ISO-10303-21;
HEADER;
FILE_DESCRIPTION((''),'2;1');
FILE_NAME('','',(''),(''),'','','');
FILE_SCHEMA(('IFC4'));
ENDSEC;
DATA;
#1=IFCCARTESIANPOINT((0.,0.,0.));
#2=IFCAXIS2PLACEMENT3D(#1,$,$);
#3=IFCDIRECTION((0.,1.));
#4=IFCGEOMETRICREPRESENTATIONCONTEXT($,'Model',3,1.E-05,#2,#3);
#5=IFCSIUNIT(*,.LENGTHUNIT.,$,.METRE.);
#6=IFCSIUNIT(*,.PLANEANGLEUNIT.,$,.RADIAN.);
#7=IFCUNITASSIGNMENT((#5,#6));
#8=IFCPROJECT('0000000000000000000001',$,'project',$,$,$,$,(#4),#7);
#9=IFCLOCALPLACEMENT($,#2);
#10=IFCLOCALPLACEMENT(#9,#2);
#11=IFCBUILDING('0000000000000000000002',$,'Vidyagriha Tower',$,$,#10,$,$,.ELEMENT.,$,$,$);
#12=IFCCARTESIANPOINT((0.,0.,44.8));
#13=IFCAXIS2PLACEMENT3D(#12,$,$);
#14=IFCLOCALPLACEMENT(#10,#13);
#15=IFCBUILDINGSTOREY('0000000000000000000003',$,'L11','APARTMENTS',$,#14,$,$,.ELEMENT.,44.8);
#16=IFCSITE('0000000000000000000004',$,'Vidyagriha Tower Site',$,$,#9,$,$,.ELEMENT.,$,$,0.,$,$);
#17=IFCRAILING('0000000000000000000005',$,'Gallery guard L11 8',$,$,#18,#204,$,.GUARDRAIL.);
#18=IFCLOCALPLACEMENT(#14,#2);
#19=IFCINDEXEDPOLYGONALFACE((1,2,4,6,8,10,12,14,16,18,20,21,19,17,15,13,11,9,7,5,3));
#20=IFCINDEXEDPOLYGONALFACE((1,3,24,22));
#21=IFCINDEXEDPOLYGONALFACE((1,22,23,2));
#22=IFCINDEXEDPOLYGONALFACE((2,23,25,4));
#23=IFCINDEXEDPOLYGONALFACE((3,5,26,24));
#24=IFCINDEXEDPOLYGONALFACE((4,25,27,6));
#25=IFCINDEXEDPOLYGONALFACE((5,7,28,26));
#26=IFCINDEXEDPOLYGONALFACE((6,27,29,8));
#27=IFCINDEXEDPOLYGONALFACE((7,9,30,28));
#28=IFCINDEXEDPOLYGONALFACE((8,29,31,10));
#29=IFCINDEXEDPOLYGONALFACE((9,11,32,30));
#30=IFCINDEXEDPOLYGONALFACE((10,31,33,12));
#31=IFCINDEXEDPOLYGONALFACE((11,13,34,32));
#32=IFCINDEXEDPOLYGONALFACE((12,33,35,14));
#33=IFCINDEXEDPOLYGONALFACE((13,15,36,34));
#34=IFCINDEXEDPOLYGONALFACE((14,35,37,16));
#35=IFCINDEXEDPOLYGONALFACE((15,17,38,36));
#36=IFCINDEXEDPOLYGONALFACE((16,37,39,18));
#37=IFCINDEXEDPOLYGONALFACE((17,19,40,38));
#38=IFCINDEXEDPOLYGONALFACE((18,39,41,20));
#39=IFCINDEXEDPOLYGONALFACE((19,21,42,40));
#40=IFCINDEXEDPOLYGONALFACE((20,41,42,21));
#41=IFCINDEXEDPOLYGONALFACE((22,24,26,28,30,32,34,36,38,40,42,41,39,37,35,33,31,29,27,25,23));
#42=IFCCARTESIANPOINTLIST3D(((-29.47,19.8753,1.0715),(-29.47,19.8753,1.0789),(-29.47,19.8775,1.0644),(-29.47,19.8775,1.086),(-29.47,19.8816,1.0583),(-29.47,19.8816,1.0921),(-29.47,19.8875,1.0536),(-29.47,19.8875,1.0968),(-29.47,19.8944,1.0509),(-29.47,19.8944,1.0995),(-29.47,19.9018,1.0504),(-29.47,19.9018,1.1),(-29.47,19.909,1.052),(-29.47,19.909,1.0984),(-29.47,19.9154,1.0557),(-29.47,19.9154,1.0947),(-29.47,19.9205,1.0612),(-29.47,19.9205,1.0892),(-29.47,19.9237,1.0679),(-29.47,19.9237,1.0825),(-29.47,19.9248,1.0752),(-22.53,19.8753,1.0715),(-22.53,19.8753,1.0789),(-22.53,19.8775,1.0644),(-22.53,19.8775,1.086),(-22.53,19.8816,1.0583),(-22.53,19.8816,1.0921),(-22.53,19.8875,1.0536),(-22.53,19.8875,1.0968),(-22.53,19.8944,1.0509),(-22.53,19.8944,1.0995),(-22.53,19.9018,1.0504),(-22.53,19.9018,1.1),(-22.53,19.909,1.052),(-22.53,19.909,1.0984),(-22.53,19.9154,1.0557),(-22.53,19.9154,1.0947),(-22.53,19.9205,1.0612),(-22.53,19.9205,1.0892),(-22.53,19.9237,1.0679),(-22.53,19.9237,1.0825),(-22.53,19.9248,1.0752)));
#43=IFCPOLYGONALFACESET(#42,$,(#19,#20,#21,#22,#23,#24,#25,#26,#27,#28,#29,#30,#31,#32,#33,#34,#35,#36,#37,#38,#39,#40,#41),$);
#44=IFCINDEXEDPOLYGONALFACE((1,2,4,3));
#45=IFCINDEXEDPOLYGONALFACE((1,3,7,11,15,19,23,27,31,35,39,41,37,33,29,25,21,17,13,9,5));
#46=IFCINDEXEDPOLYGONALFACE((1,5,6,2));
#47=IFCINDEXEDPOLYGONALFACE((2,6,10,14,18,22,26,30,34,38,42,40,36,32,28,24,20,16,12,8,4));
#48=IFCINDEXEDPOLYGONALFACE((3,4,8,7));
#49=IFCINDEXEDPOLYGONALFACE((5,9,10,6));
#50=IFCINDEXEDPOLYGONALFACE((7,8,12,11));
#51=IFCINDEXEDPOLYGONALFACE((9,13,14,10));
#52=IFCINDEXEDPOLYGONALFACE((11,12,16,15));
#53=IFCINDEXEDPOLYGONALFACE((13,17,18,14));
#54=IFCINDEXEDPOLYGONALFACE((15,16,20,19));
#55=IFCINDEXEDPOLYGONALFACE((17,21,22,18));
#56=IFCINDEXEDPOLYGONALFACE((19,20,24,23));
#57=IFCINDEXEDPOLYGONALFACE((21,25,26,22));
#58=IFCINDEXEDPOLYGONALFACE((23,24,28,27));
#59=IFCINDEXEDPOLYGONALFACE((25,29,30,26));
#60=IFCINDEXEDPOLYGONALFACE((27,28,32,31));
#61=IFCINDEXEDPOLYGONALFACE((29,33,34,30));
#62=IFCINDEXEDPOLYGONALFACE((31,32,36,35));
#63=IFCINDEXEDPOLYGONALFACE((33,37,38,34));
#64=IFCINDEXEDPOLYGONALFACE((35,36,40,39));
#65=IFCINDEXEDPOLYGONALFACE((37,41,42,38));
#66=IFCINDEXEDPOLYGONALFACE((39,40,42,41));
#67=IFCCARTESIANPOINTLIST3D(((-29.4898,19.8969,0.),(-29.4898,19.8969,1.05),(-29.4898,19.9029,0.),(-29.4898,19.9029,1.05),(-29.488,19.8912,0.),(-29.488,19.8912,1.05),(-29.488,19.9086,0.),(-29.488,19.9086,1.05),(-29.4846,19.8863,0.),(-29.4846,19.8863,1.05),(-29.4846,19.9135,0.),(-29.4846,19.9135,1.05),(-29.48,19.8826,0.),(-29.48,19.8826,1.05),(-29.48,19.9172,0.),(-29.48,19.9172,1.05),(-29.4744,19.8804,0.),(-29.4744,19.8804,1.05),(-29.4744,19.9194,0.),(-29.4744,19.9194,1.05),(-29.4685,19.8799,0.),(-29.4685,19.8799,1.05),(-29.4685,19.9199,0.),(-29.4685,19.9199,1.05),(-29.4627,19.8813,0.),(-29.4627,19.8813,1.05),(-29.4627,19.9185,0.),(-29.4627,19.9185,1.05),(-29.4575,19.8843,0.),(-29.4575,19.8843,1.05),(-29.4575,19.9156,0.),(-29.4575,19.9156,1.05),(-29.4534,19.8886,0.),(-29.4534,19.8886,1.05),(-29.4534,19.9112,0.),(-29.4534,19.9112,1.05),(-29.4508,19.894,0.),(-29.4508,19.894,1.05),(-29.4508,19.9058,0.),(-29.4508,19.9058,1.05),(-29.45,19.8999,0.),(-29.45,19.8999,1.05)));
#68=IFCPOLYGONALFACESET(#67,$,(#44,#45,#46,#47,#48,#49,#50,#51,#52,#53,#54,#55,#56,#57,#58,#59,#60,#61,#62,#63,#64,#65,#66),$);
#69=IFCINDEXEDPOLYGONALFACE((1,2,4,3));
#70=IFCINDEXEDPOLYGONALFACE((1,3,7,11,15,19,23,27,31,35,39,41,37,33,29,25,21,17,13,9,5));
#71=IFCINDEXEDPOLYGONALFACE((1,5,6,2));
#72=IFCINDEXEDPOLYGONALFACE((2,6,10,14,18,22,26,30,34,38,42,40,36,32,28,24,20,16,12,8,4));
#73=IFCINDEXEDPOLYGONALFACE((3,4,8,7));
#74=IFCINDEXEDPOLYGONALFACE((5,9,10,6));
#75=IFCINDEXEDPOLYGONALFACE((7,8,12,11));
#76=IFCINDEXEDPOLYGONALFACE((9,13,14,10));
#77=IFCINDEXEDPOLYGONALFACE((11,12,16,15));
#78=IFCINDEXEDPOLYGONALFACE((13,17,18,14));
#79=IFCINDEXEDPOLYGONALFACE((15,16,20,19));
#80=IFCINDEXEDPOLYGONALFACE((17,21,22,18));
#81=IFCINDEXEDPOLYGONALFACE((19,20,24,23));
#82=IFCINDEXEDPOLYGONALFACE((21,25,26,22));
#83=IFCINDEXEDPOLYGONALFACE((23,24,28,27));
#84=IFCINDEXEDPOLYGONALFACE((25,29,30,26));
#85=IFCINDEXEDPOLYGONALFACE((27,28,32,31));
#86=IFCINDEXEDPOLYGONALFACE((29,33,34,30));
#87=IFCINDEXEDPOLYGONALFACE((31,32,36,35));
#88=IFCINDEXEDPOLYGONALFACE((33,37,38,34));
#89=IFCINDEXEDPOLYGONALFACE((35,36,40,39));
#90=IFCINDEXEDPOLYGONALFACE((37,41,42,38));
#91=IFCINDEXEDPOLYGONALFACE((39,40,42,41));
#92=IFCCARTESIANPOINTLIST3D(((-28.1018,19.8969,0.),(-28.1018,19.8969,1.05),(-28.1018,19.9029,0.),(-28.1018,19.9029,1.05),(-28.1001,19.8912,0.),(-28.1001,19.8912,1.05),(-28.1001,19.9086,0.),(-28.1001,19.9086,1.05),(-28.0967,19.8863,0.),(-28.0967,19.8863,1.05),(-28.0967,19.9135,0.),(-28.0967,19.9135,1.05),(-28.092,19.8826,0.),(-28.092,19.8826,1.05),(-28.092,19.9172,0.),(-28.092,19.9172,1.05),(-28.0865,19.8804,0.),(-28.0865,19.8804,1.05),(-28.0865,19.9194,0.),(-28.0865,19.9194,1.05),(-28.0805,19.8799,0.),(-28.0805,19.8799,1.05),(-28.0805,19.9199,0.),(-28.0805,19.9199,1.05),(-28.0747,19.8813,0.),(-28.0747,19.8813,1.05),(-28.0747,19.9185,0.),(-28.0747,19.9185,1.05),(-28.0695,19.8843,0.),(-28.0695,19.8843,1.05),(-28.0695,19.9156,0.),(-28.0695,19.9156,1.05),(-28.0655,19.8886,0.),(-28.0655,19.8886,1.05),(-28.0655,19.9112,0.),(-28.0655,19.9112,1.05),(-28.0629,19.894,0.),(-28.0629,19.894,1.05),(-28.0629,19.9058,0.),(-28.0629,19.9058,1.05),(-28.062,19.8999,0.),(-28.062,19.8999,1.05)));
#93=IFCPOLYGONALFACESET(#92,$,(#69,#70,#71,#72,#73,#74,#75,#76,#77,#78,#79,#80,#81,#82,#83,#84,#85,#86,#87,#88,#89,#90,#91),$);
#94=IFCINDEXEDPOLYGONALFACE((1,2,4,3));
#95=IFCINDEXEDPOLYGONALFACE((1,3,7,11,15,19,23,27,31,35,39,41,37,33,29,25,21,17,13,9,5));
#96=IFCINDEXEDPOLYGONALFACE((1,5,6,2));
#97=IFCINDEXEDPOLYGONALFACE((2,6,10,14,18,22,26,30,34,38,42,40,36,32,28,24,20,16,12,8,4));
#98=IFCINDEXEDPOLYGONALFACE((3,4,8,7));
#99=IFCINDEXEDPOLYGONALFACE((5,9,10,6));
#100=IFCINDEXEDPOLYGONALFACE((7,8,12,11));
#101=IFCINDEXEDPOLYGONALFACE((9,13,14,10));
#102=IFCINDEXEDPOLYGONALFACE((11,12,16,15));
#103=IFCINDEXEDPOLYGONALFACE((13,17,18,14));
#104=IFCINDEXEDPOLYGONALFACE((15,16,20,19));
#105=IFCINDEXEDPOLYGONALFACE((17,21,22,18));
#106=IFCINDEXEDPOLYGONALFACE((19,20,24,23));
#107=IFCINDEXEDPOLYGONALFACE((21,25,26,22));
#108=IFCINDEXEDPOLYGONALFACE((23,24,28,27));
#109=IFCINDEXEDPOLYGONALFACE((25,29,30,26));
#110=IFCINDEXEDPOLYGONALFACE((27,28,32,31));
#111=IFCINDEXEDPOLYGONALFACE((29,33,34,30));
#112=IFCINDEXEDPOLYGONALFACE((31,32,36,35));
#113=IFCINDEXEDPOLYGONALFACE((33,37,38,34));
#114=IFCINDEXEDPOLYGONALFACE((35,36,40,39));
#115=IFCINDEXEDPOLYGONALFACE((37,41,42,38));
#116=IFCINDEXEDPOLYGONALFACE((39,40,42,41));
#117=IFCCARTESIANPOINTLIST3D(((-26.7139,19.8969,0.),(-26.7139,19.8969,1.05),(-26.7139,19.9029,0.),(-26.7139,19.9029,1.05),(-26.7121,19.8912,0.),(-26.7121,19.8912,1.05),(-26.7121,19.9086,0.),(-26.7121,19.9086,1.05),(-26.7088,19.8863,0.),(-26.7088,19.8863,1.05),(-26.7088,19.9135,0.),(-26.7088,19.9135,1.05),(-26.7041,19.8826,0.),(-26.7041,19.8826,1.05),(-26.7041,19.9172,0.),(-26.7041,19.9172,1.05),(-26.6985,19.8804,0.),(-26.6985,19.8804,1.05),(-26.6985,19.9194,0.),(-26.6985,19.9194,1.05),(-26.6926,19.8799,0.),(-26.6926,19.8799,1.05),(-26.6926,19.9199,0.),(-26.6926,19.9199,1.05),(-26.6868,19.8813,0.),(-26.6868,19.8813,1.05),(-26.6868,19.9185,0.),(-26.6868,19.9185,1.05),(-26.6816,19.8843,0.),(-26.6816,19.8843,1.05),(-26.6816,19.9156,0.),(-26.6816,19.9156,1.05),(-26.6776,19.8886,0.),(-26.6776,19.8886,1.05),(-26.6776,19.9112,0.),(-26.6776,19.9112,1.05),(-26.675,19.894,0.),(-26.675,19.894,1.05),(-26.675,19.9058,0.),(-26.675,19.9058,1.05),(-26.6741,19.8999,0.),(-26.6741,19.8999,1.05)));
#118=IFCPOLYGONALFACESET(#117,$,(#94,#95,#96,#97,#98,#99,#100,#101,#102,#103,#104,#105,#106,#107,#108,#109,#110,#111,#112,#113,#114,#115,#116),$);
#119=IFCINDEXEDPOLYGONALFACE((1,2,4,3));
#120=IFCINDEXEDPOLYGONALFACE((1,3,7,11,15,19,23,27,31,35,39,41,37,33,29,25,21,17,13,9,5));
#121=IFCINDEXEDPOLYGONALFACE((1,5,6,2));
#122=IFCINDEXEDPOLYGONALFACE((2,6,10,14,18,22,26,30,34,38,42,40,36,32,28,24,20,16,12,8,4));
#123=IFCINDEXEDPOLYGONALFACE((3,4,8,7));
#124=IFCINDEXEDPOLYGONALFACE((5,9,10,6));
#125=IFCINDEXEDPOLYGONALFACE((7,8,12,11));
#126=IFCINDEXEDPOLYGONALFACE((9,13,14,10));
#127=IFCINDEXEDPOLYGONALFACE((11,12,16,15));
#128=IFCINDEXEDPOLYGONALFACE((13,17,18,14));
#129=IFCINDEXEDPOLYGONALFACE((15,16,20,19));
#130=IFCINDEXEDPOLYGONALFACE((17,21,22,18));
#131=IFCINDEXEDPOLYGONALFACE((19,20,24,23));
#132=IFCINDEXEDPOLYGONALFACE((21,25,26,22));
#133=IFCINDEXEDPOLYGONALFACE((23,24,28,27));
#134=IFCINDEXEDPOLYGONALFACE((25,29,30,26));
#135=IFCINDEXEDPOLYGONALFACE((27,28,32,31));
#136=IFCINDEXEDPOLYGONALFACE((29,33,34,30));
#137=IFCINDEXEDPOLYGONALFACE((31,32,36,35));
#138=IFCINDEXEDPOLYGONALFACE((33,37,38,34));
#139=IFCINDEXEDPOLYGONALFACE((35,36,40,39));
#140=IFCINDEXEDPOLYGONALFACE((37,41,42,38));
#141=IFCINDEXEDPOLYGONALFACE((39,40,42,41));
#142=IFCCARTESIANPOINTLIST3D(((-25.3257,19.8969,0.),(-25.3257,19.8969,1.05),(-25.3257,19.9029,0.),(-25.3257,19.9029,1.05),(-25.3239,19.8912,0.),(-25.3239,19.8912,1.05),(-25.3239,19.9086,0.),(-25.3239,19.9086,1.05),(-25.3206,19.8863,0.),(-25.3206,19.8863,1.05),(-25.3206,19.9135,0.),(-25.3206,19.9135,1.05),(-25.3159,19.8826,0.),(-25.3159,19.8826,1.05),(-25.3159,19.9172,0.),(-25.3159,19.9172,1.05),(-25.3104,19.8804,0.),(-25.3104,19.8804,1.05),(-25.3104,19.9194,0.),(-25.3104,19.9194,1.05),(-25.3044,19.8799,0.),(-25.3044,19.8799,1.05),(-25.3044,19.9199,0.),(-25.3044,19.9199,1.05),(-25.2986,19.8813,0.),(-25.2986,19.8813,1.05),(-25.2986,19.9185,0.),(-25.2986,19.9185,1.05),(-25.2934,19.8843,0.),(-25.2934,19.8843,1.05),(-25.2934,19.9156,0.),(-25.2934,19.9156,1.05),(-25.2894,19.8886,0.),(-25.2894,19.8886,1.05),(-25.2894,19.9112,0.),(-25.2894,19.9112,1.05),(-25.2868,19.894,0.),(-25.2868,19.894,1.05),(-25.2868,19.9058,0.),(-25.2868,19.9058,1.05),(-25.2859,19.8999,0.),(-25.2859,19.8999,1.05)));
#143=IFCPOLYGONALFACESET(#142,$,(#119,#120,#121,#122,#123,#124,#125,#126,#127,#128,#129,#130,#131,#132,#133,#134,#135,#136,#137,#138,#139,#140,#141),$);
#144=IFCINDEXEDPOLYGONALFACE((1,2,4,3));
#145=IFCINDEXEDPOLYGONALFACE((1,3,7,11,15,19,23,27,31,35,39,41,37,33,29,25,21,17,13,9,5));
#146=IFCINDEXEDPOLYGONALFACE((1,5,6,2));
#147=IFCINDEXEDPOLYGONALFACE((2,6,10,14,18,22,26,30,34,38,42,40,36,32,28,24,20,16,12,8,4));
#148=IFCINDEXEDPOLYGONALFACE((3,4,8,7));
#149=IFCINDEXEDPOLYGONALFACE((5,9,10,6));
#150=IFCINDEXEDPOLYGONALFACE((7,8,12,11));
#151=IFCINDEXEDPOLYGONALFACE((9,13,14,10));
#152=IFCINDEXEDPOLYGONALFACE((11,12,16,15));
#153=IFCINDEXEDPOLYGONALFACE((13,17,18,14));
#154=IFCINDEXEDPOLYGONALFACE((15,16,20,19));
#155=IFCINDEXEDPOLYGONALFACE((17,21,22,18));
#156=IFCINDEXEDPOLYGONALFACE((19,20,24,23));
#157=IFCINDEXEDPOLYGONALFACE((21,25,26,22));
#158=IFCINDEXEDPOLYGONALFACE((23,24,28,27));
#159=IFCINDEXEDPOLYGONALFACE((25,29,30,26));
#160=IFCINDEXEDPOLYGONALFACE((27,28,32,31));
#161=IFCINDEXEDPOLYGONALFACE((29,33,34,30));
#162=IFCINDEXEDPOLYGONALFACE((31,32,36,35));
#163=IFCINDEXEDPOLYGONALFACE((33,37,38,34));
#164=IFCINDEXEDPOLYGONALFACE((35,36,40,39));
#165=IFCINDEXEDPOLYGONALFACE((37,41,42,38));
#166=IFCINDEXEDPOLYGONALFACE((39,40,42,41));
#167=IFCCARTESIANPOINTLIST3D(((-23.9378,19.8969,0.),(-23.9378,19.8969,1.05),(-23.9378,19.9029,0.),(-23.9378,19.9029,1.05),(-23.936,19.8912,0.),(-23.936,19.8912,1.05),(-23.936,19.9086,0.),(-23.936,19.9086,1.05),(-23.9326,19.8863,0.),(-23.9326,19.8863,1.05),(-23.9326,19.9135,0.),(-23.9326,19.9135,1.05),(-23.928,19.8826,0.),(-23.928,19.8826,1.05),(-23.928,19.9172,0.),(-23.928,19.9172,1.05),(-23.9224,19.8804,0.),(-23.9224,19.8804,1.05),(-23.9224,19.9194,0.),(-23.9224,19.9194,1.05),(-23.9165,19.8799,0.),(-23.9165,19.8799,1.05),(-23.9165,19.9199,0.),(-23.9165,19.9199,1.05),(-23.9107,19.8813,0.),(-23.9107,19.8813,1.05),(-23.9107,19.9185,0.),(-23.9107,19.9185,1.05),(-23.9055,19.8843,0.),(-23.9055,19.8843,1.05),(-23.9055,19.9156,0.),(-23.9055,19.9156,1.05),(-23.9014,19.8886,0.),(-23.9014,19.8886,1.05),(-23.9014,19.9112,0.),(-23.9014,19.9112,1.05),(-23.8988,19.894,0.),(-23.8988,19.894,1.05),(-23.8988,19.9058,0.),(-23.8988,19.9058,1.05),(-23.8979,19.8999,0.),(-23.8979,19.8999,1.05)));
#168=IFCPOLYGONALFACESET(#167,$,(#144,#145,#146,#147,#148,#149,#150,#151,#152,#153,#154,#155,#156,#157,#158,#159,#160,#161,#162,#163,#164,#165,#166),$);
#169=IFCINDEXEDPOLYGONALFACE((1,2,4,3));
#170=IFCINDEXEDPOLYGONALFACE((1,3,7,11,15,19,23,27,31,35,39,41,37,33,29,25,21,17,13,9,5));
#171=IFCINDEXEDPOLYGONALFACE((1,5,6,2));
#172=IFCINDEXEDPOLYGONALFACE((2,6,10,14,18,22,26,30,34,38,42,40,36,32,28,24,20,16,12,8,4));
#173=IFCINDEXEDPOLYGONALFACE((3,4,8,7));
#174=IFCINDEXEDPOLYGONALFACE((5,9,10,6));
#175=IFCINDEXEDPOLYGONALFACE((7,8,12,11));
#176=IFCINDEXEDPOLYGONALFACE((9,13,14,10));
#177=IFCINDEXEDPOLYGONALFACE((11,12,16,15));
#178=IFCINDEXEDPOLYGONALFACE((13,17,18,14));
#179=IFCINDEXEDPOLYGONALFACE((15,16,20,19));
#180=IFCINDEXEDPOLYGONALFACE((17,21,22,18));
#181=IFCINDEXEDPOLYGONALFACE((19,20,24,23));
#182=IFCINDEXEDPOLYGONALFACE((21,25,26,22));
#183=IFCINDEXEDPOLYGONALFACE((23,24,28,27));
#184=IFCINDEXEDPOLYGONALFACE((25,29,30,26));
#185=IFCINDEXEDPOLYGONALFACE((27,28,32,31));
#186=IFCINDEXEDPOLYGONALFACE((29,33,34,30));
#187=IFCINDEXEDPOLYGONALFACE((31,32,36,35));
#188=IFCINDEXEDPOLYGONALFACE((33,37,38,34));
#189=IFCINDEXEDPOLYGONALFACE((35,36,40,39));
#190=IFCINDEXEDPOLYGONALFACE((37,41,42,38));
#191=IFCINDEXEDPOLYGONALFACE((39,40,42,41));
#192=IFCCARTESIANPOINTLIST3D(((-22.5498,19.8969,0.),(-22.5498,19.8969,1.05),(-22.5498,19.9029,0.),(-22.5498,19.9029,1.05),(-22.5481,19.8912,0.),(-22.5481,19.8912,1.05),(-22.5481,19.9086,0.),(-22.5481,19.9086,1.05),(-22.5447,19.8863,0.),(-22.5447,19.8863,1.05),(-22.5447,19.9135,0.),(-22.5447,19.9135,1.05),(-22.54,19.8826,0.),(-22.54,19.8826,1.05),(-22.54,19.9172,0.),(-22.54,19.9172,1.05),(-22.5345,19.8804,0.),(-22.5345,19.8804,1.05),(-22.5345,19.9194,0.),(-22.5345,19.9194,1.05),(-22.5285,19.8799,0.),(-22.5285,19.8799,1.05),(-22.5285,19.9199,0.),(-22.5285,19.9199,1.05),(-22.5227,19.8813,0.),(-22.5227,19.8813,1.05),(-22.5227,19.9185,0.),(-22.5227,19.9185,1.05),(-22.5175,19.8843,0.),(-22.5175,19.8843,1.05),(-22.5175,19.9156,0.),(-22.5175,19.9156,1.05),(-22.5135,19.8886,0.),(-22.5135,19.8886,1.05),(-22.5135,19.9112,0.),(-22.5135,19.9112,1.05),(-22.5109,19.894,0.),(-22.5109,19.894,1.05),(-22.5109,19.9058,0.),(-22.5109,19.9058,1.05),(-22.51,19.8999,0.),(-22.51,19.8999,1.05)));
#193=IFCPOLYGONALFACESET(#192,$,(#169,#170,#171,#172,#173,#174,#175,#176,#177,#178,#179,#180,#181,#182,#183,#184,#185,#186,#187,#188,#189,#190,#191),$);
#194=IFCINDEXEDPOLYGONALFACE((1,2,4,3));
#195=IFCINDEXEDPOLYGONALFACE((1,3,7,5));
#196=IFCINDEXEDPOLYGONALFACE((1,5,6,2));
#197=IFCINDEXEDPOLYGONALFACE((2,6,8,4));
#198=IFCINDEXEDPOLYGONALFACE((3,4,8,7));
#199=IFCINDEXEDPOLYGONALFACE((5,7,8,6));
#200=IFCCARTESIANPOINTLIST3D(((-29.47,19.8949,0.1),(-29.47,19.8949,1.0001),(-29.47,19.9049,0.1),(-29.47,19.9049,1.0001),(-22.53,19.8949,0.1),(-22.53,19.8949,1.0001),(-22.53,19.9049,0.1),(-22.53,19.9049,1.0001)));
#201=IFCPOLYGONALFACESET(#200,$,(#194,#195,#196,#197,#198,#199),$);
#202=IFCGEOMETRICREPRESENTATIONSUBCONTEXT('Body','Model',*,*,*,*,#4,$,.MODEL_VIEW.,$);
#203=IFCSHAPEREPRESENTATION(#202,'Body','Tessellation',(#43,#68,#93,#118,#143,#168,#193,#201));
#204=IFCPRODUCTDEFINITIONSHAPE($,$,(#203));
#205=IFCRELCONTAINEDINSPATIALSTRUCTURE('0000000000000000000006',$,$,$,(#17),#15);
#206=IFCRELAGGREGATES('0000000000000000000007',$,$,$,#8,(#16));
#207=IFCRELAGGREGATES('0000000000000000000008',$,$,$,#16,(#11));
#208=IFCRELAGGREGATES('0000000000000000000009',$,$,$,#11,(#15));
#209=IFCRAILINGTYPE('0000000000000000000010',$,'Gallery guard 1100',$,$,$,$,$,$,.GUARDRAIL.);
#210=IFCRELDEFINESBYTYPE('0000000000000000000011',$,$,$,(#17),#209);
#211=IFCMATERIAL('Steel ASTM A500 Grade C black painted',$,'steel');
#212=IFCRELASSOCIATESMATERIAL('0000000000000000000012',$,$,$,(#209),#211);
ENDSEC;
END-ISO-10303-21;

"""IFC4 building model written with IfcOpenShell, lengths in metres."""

from ifc_helpers import new_model, si_unit, direction, frame, origin, origin_2d, place, context, subcontext, project, spatial, rectangle, circle, extrude, material, type_object, element, save


model = new_model("IFC4")

# Units and contexts
model_context = context("Model", 3, precision=1e-05, world=origin(), true_north=direction((0.0, 1.0)))
body_context = subcontext(model_context, "Body", "Model", "MODEL_VIEW")
ifc_project = project(units=[si_unit("LENGTHUNIT", "METRE"), si_unit("PLANEANGLEUNIT", "RADIAN")], contexts=[model_context])

# Site, building, storey
site_placement = place(None, origin())
site = spatial("IfcSite", under=ifc_project, at=site_placement, Name="Vidyagriha Tower Site", CompositionType="ELEMENT", RefElevation=0.0)
building_placement = place(site_placement, origin())
building = spatial("IfcBuilding", under=site, at=building_placement, Name="Vidyagriha Tower", CompositionType="ELEMENT")
storey_placement = place(building_placement, frame((0.0, 0.0, 44.8)))
storey = spatial("IfcBuildingStorey", under=building, at=storey_placement, Name="L11", Description="APARTMENTS", CompositionType="ELEMENT", Elevation=44.8)

# Railing
ifc_material_1 = material(Name="Steel ASTM A500 Grade C black painted", Category="steel")
railing_type = type_object("IfcRailingType", Name="Gallery guard 1100", PredefinedType="GUARDRAIL", material=ifc_material_1)
railing_1_placement = place(storey_placement, frame((-29.47, 19.8999, 0.0)))
element("IfcRailing", 1, at=railing_1_placement, inside=storey, type_object=railing_type, Name="Gallery guard L11 8", PredefinedType="GUARDRAIL", context=body_context, shape_type="SweptSolid", body=[
    extrude(circle(Radius=0.0249, at=origin_2d()), frame((0.0, 0.0, 1.0752), z_axis=(1.0, 0.0, 0.0), x_axis=(0.0, 1.0, 0.0)), (0.0, 0.0, 1.0), 6.9399),
    extrude(circle(Radius=0.02, at=origin_2d()), origin(), (0.0, 0.0, 1.0), 1.05),
    extrude(circle(Radius=0.02, at=origin_2d()), frame((1.3879, 0.0, 0.0)), (0.0, 0.0, 1.0), 1.05),
    extrude(circle(Radius=0.02, at=origin_2d()), frame((2.7759, 0.0, 0.0)), (0.0, 0.0, 1.0), 1.05),
    extrude(circle(Radius=0.02, at=origin_2d()), frame((4.1641, 0.0, 0.0)), (0.0, 0.0, 1.0), 1.05),
    extrude(circle(Radius=0.02, at=origin_2d()), frame((5.552, 0.0, 0.0)), (0.0, 0.0, 1.0), 1.05),
    extrude(circle(Radius=0.02, at=origin_2d()), frame((6.9399, 0.0, 0.0)), (0.0, 0.0, 1.0), 1.05),
    extrude(rectangle(XDim=0.01, YDim=0.9001, at=origin_2d()), frame((0.0, 0.0, 0.55), z_axis=(1.0, 0.0, 0.0), x_axis=(0.0, 1.0, 0.0)), (0.0, 0.0, 1.0), 6.9399),
])

save(model, "model.ifc")
